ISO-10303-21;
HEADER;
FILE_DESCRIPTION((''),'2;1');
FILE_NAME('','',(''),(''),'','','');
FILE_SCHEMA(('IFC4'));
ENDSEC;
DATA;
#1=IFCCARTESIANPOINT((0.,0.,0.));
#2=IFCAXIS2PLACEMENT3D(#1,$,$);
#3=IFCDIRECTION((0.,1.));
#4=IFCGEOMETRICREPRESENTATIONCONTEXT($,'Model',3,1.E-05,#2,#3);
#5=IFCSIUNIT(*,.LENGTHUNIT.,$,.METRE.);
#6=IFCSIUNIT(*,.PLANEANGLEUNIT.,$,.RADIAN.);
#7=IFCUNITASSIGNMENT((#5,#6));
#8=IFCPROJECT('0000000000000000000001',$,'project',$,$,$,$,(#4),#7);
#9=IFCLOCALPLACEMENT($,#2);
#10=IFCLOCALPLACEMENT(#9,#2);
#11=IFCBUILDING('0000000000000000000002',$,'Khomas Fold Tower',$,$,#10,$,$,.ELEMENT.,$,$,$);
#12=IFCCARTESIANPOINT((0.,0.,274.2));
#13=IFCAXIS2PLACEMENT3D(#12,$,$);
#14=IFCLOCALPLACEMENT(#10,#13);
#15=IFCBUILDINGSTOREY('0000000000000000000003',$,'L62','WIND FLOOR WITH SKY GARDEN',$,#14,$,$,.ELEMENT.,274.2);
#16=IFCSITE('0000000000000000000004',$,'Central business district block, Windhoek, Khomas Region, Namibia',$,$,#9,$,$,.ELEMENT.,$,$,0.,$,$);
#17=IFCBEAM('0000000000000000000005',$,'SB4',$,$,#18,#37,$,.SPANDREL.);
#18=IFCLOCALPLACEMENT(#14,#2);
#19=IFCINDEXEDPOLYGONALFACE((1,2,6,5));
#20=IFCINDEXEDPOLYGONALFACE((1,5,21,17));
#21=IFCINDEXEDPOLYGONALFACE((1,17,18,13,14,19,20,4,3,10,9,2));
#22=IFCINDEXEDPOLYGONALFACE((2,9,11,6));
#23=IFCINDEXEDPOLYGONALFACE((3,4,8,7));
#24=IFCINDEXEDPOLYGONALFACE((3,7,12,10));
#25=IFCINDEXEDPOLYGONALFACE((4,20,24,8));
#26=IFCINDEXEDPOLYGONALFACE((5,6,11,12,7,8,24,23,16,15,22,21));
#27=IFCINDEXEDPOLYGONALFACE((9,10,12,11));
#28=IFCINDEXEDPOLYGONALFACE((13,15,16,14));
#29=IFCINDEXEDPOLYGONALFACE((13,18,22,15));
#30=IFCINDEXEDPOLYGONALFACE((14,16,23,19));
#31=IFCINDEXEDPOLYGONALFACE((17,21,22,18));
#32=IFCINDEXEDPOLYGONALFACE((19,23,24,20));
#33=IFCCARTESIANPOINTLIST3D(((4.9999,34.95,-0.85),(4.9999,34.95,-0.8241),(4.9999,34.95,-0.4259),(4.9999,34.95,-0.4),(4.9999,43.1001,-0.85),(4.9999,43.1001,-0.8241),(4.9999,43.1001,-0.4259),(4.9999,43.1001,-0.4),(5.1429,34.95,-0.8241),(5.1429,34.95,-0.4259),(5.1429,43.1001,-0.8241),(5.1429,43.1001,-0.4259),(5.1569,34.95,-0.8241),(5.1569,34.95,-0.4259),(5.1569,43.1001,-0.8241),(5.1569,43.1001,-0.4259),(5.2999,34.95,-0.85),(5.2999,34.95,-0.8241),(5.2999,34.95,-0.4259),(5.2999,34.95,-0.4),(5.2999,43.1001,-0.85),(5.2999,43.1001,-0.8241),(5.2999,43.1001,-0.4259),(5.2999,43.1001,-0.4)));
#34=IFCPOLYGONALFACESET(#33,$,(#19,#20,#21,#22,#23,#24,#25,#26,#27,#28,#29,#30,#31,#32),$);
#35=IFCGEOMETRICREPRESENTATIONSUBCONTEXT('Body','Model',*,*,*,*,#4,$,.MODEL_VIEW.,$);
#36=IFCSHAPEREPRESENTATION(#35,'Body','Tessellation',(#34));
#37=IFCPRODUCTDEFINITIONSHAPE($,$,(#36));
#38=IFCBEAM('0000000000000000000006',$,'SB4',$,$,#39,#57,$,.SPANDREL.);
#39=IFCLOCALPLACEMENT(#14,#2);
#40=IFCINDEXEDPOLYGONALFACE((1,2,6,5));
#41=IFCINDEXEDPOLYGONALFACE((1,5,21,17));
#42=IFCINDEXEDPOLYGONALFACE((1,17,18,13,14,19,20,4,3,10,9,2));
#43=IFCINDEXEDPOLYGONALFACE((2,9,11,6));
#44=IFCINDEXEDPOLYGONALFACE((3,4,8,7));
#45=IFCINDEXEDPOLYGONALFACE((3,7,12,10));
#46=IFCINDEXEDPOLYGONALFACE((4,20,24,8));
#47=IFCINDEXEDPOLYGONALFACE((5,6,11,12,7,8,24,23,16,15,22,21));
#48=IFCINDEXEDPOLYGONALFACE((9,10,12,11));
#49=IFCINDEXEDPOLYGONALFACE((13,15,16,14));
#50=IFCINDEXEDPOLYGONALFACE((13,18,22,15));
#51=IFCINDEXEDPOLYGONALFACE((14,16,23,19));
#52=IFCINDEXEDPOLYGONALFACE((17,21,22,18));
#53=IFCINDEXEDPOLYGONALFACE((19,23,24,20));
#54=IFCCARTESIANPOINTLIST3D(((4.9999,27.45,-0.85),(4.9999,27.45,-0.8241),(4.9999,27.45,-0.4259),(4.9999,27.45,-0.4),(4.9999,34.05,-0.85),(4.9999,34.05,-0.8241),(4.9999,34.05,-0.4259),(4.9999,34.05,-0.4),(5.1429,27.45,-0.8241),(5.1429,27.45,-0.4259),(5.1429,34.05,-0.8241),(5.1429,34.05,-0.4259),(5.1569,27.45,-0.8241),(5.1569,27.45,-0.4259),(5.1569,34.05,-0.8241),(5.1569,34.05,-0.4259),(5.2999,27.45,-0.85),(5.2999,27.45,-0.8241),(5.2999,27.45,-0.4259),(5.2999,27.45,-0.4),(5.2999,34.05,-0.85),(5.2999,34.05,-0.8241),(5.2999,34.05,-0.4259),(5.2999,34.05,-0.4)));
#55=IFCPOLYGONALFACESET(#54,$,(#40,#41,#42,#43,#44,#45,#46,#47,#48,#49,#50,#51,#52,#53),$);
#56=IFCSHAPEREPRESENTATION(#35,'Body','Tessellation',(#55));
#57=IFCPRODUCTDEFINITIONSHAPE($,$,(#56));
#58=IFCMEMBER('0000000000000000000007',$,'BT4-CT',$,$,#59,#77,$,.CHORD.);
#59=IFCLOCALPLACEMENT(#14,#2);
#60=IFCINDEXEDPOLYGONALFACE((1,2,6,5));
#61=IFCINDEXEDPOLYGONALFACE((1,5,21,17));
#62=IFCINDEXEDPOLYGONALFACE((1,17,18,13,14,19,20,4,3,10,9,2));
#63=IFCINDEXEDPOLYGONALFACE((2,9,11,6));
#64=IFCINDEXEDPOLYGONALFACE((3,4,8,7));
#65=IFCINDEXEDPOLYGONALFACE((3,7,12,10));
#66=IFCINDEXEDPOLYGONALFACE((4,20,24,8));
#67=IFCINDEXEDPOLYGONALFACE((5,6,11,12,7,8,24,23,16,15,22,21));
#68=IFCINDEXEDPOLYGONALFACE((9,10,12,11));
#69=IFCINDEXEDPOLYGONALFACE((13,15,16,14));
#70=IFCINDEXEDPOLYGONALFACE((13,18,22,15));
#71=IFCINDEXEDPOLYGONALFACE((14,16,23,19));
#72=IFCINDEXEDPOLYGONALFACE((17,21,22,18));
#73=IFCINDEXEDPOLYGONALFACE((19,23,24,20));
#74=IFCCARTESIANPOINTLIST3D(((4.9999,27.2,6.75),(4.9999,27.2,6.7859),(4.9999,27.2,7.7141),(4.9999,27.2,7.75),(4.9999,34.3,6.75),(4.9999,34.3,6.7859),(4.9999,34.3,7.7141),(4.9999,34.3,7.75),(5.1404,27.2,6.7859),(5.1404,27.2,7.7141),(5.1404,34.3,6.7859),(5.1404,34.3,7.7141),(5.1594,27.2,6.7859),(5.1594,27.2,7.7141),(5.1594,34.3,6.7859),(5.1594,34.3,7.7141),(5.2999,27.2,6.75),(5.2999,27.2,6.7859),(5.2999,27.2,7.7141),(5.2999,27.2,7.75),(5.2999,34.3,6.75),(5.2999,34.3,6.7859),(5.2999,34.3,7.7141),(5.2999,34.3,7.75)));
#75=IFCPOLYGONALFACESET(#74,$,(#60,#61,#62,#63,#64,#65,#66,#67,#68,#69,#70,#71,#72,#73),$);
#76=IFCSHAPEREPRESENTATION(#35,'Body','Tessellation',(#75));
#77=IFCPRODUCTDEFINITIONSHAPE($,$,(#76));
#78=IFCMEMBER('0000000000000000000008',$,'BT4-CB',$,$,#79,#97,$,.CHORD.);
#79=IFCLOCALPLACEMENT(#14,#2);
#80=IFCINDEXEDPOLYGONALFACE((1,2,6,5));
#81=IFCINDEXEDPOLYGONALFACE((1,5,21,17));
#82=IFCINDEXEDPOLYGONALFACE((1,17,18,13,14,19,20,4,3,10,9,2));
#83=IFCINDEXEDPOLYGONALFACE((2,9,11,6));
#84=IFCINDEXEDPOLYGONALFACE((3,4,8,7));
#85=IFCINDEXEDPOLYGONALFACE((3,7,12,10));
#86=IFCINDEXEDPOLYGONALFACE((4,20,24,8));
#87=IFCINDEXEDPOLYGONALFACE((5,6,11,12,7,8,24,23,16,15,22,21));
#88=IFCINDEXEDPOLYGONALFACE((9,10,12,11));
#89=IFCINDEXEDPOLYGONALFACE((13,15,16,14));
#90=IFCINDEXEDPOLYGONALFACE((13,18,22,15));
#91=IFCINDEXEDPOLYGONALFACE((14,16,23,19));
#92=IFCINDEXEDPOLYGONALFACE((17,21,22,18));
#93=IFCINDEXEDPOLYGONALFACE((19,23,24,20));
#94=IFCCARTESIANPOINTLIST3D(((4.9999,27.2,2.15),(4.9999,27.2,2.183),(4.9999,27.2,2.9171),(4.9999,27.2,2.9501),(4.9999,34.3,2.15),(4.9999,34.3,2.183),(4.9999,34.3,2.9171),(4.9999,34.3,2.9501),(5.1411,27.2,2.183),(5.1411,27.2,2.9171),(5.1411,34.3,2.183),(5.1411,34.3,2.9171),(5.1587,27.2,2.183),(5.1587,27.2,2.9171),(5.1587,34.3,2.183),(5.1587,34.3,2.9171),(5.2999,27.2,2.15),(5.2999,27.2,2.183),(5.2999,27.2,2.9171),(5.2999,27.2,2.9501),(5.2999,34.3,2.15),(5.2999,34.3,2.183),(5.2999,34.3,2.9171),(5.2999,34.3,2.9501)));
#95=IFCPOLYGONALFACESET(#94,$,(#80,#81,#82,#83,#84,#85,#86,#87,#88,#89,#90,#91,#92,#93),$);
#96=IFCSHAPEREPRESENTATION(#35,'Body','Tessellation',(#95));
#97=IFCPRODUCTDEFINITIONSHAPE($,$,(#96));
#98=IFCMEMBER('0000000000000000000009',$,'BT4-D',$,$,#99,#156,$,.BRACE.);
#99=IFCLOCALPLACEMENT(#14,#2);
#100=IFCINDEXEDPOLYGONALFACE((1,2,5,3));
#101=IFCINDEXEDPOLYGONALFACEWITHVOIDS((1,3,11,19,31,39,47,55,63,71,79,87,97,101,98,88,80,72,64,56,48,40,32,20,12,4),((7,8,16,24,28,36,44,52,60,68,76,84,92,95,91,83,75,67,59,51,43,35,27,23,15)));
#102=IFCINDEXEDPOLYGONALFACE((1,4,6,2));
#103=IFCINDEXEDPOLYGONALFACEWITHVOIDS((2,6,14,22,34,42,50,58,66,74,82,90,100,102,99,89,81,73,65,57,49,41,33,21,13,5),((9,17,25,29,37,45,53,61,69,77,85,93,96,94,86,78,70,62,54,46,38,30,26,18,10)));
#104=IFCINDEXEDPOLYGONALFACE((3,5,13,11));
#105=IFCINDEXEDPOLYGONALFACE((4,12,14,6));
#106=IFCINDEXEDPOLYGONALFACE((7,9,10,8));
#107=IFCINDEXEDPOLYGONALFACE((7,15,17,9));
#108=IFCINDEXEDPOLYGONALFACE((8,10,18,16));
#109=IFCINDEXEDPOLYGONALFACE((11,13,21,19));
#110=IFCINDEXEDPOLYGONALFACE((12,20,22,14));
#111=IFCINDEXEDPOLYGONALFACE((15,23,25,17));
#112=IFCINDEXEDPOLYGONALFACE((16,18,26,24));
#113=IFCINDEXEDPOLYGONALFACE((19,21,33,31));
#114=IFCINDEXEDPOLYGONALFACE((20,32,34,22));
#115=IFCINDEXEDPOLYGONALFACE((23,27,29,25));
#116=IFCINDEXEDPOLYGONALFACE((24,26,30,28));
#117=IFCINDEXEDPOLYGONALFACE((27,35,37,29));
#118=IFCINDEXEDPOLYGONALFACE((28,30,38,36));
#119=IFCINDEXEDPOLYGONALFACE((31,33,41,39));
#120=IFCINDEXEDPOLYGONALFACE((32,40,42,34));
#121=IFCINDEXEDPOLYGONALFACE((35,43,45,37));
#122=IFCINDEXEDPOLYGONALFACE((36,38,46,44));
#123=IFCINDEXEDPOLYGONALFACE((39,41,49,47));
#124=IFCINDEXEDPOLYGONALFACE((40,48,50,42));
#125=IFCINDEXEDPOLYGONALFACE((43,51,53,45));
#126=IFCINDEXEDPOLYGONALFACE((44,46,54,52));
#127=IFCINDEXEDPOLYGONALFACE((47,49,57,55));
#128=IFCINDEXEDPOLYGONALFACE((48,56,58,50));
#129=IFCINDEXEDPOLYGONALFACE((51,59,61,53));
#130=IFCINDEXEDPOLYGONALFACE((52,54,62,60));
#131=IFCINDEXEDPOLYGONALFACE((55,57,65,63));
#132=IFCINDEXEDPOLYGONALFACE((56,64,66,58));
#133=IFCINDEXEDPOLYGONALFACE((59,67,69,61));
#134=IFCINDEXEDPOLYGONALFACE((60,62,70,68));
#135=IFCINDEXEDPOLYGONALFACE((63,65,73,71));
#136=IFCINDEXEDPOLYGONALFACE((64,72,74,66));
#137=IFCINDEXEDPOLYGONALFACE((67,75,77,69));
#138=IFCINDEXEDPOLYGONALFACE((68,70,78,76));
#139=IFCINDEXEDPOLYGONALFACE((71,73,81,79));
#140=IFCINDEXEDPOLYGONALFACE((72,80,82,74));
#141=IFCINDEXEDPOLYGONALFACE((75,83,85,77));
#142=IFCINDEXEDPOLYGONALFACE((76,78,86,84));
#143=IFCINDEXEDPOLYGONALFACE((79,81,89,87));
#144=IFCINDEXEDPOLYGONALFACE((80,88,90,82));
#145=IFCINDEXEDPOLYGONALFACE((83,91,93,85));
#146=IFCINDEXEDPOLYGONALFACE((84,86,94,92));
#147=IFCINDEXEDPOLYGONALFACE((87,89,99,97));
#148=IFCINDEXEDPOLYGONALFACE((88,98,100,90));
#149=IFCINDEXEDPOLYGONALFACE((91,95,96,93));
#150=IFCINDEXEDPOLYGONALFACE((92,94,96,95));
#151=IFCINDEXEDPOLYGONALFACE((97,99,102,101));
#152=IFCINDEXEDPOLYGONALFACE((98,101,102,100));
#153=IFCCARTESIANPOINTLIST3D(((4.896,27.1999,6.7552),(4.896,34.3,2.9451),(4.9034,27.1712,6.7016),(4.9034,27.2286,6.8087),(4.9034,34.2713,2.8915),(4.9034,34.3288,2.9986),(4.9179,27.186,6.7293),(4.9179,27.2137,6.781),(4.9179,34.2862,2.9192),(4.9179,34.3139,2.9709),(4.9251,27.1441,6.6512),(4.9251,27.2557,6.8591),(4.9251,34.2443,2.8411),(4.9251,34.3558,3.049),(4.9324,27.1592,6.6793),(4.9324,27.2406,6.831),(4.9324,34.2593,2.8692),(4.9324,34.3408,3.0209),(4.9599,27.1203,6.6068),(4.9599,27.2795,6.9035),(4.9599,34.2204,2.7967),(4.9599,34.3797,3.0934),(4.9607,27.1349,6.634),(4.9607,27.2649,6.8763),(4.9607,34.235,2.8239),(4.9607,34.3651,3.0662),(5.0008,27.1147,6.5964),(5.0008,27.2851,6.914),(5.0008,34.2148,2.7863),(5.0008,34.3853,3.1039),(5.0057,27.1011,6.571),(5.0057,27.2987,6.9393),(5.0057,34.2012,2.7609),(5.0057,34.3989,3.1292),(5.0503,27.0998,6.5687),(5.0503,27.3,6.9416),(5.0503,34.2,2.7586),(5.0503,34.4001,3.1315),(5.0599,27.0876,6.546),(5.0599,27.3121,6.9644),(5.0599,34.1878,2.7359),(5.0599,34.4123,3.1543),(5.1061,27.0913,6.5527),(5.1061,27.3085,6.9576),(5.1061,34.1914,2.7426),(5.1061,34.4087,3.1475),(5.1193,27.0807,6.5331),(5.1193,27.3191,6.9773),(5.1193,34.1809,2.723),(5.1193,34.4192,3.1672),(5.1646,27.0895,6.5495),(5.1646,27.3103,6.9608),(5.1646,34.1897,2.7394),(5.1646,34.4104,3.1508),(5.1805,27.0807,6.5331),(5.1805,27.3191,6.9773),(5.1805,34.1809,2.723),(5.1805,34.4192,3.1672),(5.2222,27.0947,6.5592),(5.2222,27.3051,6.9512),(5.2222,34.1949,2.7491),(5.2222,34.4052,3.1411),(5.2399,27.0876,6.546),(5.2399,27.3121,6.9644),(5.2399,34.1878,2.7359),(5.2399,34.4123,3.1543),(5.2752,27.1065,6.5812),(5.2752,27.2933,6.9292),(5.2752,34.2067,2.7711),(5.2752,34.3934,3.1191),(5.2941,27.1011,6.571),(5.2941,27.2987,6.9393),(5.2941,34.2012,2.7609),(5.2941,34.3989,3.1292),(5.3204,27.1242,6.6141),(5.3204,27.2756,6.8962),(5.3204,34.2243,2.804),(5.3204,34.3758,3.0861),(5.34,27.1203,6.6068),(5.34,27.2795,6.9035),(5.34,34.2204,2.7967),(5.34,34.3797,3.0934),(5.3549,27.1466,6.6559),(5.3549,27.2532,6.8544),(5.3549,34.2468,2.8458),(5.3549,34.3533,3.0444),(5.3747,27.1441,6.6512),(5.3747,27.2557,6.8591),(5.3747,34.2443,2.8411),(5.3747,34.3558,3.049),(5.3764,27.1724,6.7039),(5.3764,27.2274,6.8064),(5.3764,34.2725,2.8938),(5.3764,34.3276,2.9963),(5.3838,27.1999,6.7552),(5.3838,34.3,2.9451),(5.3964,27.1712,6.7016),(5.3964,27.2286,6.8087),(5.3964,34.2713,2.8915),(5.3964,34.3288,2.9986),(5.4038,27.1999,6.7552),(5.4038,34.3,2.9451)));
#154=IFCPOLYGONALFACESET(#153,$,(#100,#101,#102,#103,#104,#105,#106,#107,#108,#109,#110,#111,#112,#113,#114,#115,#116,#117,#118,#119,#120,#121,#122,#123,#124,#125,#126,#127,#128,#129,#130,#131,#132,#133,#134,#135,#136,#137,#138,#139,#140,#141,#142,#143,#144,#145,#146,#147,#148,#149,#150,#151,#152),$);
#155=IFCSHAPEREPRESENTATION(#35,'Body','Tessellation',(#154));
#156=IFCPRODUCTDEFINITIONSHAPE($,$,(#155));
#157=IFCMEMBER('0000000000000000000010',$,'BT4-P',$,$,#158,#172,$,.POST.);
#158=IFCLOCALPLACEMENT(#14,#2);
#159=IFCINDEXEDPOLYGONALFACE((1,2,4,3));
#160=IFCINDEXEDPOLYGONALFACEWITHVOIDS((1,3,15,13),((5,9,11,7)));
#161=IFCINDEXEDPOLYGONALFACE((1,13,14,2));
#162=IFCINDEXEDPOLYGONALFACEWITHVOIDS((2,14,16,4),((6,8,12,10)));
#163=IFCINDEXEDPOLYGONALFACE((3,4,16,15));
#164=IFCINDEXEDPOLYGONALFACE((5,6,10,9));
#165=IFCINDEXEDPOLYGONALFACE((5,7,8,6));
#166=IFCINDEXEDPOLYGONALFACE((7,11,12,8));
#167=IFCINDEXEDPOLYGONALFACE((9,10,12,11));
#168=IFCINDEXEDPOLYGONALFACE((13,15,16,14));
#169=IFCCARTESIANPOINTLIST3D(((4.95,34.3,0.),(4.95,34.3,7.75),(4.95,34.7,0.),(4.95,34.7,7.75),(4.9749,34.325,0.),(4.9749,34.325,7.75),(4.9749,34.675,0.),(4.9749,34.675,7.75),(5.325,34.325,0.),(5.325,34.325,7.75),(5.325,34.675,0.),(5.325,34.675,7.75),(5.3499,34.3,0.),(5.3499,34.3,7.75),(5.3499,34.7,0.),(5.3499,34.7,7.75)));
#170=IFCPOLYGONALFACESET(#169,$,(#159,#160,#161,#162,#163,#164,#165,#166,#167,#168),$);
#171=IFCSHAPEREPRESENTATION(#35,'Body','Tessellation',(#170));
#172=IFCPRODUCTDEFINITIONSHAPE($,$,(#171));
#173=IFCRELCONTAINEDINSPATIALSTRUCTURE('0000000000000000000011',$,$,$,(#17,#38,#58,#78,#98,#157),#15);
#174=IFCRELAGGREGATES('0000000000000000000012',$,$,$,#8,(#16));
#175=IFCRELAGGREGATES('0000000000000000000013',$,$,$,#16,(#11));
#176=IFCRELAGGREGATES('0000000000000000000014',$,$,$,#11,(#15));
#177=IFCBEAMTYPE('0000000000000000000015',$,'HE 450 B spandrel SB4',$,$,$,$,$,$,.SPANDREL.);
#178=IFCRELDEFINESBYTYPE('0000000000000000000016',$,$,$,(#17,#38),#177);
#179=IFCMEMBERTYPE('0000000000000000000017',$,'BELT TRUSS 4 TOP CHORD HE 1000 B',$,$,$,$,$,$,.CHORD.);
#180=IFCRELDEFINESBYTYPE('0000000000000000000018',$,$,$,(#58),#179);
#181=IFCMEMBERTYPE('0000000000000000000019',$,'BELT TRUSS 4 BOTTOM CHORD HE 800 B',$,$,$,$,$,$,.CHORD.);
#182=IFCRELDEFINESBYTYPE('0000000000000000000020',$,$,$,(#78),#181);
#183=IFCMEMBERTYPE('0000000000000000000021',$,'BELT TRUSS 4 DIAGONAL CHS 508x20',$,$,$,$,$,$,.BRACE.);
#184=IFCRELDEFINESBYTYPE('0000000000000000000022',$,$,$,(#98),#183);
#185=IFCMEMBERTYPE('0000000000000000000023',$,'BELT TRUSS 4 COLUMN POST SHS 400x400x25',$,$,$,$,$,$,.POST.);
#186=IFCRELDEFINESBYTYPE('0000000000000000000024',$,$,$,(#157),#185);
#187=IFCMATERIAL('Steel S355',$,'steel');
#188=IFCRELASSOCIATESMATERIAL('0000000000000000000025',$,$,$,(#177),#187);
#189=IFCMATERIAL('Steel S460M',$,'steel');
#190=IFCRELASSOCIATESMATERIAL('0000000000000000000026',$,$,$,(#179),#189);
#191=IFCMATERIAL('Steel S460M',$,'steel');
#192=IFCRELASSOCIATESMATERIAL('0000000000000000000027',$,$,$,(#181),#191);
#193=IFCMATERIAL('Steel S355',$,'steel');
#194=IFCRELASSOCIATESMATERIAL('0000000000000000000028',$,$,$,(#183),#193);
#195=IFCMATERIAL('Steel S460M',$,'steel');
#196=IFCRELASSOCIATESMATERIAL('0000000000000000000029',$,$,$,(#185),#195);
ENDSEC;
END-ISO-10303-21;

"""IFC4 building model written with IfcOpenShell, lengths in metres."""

from ifc_helpers import new_model, si_unit, direction, frame, origin, origin_2d, place, context, subcontext, project, spatial, hollow_rectangle, hollow_circle, i_section, extrude, source, transform, mapped, material, material_profile, profile_set, type_object, element, save


model = new_model("IFC4")

# Units and contexts
model_context = context("Model", 3, precision=1e-05, world=origin(), true_north=direction((0.0, 1.0)))
body_context = subcontext(model_context, "Body", "Model", "MODEL_VIEW")
ifc_project = project(units=[si_unit("LENGTHUNIT", "METRE"), si_unit("PLANEANGLEUNIT", "RADIAN")], contexts=[model_context])

# Site, building, storey
site_placement = place(None, origin())
site = spatial("IfcSite", under=ifc_project, at=site_placement, Name="Central business district block, Windhoek, Khomas Region, Namibia", CompositionType="ELEMENT", RefElevation=0.0)
building_placement = place(site_placement, origin())
building = spatial("IfcBuilding", under=site, at=building_placement, Name="Khomas Fold Tower", CompositionType="ELEMENT")
storey_placement = place(building_placement, frame((0.0, 0.0, 274.2)))
storey = spatial("IfcBuildingStorey", under=building, at=storey_placement, Name="L62", Description="WIND FLOOR WITH SKY GARDEN", CompositionType="ELEMENT", Elevation=274.2)

# Beams
ifc_material_1 = material(Name="Steel S355", Category="steel")
ifc_material_profile_1 = material_profile(ifc_material_1, i_section(OverallWidth=0.3, OverallDepth=0.45, WebThickness=0.0139, FlangeThickness=0.0259, at=origin_2d()), Name="HE 450 B")
ifc_profile_set_1 = profile_set([ifc_material_profile_1], Name="Steel S355")
beam_type = type_object("IfcBeamType", Name="HE 450 B spandrel SB4", PredefinedType="SPANDREL", material=ifc_profile_set_1)
shared_shape_1 = source(origin(), body_context, "Body", "SweptSolid", [
    extrude(i_section(OverallWidth=0.3, OverallDepth=0.45, WebThickness=0.0139, FlangeThickness=0.0259, at=origin_2d()), origin(), (0.0, 0.0, 1.0), 8.1501),
])
beam_1_placement = place(storey_placement, frame((5.1499, 34.95, -0.625), z_axis=(0.0, 1.0, 0.0), x_axis=(-1.0, 0.0, 0.0)))
element("IfcBeam", 1, at=beam_1_placement, inside=storey, type_object=beam_type, Name="SB4", PredefinedType="SPANDREL", context=body_context, shape_type="MappedRepresentation", body=[
    mapped(shared_shape_1, transform((0.0, 0.0, 0.0))),
])
shared_shape_2 = source(origin(), body_context, "Body", "SweptSolid", [
    extrude(i_section(OverallWidth=0.3, OverallDepth=0.45, WebThickness=0.0139, FlangeThickness=0.0259, at=origin_2d()), origin(), (0.0, 0.0, 1.0), 6.6001),
])
beam_2_placement = place(storey_placement, frame((5.1499, 27.45, -0.625), z_axis=(0.0, 1.0, 0.0), x_axis=(-1.0, 0.0, 0.0)))
element("IfcBeam", 2, at=beam_2_placement, inside=storey, type_object=beam_type, Name="SB4", PredefinedType="SPANDREL", context=body_context, shape_type="MappedRepresentation", body=[
    mapped(shared_shape_2, transform((0.0, 0.0, 0.0))),
])

# Members
ifc_material_2 = material(Name="Steel S460M", Category="steel")
ifc_material_profile_2 = material_profile(ifc_material_2, i_section(OverallWidth=0.3, OverallDepth=1.0, WebThickness=0.019, FlangeThickness=0.0359, at=origin_2d()), Name="HE 1000 B")
ifc_profile_set_2 = profile_set([ifc_material_profile_2], Name="Steel S460M")
member_type_1 = type_object("IfcMemberType", Name="BELT TRUSS 4 TOP CHORD HE 1000 B", PredefinedType="CHORD", material=ifc_profile_set_2)
shared_shape_3 = source(origin(), body_context, "Body", "SweptSolid", [
    extrude(i_section(OverallWidth=0.3, OverallDepth=1.0, WebThickness=0.019, FlangeThickness=0.0359, at=origin_2d()), origin(), (0.0, 0.0, 1.0), 7.1001),
])
member_1_placement = place(storey_placement, frame((5.1499, 34.3, 7.25), z_axis=(0.0, -1.0, 0.0), x_axis=(1.0, 0.0, 0.0)))
element("IfcMember", 3, at=member_1_placement, inside=storey, type_object=member_type_1, Name="BT4-CT", PredefinedType="CHORD", context=body_context, shape_type="MappedRepresentation", body=[
    mapped(shared_shape_3, transform((0.0, 0.0, 0.0))),
])
ifc_material_3 = material(Name="Steel S460M", Category="steel")
ifc_material_profile_3 = material_profile(ifc_material_3, i_section(OverallWidth=0.3, OverallDepth=0.8, WebThickness=0.0176, FlangeThickness=0.033, at=origin_2d()), Name="HE 800 B")
ifc_profile_set_3 = profile_set([ifc_material_profile_3], Name="Steel S460M")
member_type_2 = type_object("IfcMemberType", Name="BELT TRUSS 4 BOTTOM CHORD HE 800 B", PredefinedType="CHORD", material=ifc_profile_set_3)
shared_shape_4 = source(origin(), body_context, "Body", "SweptSolid", [
    extrude(i_section(OverallWidth=0.3, OverallDepth=0.8, WebThickness=0.0176, FlangeThickness=0.033, at=origin_2d()), origin(), (0.0, 0.0, 1.0), 7.1001),
])
member_2_placement = place(storey_placement, frame((5.1499, 34.3, 2.55), z_axis=(0.0, -1.0, 0.0), x_axis=(1.0, 0.0, 0.0)))
element("IfcMember", 4, at=member_2_placement, inside=storey, type_object=member_type_2, Name="BT4-CB", PredefinedType="CHORD", context=body_context, shape_type="MappedRepresentation", body=[
    mapped(shared_shape_4, transform((0.0, 0.0, 0.0))),
])
ifc_material_4 = material(Name="Steel S355", Category="steel")
ifc_material_profile_4 = material_profile(ifc_material_4, hollow_circle(Radius=0.2539, WallThickness=0.02, at=origin_2d()), Name="CHS 508x20")
ifc_profile_set_4 = profile_set([ifc_material_profile_4], Name="Steel S355")
member_type_3 = type_object("IfcMemberType", Name="BELT TRUSS 4 DIAGONAL CHS 508x20", PredefinedType="BRACE", material=ifc_profile_set_4)
shared_shape_5 = source(origin(), body_context, "Body", "SweptSolid", [
    extrude(hollow_circle(Radius=0.2539, WallThickness=0.02, at=origin_2d()), origin(), (0.0, 0.0, 1.0), 8.0579),
])
member_3_placement = place(storey_placement, frame((5.1499, 34.3, 2.9451), z_axis=(0.0, -0.881147, 0.472842), x_axis=(1.0, 0.0, 0.0)))
element("IfcMember", 5, at=member_3_placement, inside=storey, type_object=member_type_3, Name="BT4-D", PredefinedType="BRACE", context=body_context, shape_type="MappedRepresentation", body=[
    mapped(shared_shape_5, transform((0.0, 0.0, 0.0))),
])
ifc_material_5 = material(Name="Steel S460M", Category="steel")
ifc_material_profile_5 = material_profile(ifc_material_5, hollow_rectangle(XDim=0.3999, YDim=0.3999, WallThickness=0.0249, at=origin_2d()), Name="SHS 400x400x25")
ifc_profile_set_5 = profile_set([ifc_material_profile_5], Name="Steel S460M")
member_type_4 = type_object("IfcMemberType", Name="BELT TRUSS 4 COLUMN POST SHS 400x400x25", PredefinedType="POST", material=ifc_profile_set_5)
shared_shape_6 = source(origin(), body_context, "Body", "SweptSolid", [
    extrude(hollow_rectangle(XDim=0.3999, YDim=0.3999, WallThickness=0.0249, at=origin_2d()), origin(), (0.0, 0.0, 1.0), 7.75),
])
for number, where, z_axis, x_axis, name in (
    (6, (5.1499, 34.5, 0.0), (0.0, 0.0, 1.0), (1.0, 0.0, 0.0), "BT4-P"),
):
    element("IfcMember", number, at=place(storey_placement, frame(where, z_axis=z_axis, x_axis=x_axis)), inside=storey, type_object=member_type_4, Name=name, PredefinedType="POST", context=body_context, shape_type="MappedRepresentation", body=[
        mapped(shared_shape_6, transform((0.0, 0.0, 0.0))),
    ])

save(model, "model.ifc")
